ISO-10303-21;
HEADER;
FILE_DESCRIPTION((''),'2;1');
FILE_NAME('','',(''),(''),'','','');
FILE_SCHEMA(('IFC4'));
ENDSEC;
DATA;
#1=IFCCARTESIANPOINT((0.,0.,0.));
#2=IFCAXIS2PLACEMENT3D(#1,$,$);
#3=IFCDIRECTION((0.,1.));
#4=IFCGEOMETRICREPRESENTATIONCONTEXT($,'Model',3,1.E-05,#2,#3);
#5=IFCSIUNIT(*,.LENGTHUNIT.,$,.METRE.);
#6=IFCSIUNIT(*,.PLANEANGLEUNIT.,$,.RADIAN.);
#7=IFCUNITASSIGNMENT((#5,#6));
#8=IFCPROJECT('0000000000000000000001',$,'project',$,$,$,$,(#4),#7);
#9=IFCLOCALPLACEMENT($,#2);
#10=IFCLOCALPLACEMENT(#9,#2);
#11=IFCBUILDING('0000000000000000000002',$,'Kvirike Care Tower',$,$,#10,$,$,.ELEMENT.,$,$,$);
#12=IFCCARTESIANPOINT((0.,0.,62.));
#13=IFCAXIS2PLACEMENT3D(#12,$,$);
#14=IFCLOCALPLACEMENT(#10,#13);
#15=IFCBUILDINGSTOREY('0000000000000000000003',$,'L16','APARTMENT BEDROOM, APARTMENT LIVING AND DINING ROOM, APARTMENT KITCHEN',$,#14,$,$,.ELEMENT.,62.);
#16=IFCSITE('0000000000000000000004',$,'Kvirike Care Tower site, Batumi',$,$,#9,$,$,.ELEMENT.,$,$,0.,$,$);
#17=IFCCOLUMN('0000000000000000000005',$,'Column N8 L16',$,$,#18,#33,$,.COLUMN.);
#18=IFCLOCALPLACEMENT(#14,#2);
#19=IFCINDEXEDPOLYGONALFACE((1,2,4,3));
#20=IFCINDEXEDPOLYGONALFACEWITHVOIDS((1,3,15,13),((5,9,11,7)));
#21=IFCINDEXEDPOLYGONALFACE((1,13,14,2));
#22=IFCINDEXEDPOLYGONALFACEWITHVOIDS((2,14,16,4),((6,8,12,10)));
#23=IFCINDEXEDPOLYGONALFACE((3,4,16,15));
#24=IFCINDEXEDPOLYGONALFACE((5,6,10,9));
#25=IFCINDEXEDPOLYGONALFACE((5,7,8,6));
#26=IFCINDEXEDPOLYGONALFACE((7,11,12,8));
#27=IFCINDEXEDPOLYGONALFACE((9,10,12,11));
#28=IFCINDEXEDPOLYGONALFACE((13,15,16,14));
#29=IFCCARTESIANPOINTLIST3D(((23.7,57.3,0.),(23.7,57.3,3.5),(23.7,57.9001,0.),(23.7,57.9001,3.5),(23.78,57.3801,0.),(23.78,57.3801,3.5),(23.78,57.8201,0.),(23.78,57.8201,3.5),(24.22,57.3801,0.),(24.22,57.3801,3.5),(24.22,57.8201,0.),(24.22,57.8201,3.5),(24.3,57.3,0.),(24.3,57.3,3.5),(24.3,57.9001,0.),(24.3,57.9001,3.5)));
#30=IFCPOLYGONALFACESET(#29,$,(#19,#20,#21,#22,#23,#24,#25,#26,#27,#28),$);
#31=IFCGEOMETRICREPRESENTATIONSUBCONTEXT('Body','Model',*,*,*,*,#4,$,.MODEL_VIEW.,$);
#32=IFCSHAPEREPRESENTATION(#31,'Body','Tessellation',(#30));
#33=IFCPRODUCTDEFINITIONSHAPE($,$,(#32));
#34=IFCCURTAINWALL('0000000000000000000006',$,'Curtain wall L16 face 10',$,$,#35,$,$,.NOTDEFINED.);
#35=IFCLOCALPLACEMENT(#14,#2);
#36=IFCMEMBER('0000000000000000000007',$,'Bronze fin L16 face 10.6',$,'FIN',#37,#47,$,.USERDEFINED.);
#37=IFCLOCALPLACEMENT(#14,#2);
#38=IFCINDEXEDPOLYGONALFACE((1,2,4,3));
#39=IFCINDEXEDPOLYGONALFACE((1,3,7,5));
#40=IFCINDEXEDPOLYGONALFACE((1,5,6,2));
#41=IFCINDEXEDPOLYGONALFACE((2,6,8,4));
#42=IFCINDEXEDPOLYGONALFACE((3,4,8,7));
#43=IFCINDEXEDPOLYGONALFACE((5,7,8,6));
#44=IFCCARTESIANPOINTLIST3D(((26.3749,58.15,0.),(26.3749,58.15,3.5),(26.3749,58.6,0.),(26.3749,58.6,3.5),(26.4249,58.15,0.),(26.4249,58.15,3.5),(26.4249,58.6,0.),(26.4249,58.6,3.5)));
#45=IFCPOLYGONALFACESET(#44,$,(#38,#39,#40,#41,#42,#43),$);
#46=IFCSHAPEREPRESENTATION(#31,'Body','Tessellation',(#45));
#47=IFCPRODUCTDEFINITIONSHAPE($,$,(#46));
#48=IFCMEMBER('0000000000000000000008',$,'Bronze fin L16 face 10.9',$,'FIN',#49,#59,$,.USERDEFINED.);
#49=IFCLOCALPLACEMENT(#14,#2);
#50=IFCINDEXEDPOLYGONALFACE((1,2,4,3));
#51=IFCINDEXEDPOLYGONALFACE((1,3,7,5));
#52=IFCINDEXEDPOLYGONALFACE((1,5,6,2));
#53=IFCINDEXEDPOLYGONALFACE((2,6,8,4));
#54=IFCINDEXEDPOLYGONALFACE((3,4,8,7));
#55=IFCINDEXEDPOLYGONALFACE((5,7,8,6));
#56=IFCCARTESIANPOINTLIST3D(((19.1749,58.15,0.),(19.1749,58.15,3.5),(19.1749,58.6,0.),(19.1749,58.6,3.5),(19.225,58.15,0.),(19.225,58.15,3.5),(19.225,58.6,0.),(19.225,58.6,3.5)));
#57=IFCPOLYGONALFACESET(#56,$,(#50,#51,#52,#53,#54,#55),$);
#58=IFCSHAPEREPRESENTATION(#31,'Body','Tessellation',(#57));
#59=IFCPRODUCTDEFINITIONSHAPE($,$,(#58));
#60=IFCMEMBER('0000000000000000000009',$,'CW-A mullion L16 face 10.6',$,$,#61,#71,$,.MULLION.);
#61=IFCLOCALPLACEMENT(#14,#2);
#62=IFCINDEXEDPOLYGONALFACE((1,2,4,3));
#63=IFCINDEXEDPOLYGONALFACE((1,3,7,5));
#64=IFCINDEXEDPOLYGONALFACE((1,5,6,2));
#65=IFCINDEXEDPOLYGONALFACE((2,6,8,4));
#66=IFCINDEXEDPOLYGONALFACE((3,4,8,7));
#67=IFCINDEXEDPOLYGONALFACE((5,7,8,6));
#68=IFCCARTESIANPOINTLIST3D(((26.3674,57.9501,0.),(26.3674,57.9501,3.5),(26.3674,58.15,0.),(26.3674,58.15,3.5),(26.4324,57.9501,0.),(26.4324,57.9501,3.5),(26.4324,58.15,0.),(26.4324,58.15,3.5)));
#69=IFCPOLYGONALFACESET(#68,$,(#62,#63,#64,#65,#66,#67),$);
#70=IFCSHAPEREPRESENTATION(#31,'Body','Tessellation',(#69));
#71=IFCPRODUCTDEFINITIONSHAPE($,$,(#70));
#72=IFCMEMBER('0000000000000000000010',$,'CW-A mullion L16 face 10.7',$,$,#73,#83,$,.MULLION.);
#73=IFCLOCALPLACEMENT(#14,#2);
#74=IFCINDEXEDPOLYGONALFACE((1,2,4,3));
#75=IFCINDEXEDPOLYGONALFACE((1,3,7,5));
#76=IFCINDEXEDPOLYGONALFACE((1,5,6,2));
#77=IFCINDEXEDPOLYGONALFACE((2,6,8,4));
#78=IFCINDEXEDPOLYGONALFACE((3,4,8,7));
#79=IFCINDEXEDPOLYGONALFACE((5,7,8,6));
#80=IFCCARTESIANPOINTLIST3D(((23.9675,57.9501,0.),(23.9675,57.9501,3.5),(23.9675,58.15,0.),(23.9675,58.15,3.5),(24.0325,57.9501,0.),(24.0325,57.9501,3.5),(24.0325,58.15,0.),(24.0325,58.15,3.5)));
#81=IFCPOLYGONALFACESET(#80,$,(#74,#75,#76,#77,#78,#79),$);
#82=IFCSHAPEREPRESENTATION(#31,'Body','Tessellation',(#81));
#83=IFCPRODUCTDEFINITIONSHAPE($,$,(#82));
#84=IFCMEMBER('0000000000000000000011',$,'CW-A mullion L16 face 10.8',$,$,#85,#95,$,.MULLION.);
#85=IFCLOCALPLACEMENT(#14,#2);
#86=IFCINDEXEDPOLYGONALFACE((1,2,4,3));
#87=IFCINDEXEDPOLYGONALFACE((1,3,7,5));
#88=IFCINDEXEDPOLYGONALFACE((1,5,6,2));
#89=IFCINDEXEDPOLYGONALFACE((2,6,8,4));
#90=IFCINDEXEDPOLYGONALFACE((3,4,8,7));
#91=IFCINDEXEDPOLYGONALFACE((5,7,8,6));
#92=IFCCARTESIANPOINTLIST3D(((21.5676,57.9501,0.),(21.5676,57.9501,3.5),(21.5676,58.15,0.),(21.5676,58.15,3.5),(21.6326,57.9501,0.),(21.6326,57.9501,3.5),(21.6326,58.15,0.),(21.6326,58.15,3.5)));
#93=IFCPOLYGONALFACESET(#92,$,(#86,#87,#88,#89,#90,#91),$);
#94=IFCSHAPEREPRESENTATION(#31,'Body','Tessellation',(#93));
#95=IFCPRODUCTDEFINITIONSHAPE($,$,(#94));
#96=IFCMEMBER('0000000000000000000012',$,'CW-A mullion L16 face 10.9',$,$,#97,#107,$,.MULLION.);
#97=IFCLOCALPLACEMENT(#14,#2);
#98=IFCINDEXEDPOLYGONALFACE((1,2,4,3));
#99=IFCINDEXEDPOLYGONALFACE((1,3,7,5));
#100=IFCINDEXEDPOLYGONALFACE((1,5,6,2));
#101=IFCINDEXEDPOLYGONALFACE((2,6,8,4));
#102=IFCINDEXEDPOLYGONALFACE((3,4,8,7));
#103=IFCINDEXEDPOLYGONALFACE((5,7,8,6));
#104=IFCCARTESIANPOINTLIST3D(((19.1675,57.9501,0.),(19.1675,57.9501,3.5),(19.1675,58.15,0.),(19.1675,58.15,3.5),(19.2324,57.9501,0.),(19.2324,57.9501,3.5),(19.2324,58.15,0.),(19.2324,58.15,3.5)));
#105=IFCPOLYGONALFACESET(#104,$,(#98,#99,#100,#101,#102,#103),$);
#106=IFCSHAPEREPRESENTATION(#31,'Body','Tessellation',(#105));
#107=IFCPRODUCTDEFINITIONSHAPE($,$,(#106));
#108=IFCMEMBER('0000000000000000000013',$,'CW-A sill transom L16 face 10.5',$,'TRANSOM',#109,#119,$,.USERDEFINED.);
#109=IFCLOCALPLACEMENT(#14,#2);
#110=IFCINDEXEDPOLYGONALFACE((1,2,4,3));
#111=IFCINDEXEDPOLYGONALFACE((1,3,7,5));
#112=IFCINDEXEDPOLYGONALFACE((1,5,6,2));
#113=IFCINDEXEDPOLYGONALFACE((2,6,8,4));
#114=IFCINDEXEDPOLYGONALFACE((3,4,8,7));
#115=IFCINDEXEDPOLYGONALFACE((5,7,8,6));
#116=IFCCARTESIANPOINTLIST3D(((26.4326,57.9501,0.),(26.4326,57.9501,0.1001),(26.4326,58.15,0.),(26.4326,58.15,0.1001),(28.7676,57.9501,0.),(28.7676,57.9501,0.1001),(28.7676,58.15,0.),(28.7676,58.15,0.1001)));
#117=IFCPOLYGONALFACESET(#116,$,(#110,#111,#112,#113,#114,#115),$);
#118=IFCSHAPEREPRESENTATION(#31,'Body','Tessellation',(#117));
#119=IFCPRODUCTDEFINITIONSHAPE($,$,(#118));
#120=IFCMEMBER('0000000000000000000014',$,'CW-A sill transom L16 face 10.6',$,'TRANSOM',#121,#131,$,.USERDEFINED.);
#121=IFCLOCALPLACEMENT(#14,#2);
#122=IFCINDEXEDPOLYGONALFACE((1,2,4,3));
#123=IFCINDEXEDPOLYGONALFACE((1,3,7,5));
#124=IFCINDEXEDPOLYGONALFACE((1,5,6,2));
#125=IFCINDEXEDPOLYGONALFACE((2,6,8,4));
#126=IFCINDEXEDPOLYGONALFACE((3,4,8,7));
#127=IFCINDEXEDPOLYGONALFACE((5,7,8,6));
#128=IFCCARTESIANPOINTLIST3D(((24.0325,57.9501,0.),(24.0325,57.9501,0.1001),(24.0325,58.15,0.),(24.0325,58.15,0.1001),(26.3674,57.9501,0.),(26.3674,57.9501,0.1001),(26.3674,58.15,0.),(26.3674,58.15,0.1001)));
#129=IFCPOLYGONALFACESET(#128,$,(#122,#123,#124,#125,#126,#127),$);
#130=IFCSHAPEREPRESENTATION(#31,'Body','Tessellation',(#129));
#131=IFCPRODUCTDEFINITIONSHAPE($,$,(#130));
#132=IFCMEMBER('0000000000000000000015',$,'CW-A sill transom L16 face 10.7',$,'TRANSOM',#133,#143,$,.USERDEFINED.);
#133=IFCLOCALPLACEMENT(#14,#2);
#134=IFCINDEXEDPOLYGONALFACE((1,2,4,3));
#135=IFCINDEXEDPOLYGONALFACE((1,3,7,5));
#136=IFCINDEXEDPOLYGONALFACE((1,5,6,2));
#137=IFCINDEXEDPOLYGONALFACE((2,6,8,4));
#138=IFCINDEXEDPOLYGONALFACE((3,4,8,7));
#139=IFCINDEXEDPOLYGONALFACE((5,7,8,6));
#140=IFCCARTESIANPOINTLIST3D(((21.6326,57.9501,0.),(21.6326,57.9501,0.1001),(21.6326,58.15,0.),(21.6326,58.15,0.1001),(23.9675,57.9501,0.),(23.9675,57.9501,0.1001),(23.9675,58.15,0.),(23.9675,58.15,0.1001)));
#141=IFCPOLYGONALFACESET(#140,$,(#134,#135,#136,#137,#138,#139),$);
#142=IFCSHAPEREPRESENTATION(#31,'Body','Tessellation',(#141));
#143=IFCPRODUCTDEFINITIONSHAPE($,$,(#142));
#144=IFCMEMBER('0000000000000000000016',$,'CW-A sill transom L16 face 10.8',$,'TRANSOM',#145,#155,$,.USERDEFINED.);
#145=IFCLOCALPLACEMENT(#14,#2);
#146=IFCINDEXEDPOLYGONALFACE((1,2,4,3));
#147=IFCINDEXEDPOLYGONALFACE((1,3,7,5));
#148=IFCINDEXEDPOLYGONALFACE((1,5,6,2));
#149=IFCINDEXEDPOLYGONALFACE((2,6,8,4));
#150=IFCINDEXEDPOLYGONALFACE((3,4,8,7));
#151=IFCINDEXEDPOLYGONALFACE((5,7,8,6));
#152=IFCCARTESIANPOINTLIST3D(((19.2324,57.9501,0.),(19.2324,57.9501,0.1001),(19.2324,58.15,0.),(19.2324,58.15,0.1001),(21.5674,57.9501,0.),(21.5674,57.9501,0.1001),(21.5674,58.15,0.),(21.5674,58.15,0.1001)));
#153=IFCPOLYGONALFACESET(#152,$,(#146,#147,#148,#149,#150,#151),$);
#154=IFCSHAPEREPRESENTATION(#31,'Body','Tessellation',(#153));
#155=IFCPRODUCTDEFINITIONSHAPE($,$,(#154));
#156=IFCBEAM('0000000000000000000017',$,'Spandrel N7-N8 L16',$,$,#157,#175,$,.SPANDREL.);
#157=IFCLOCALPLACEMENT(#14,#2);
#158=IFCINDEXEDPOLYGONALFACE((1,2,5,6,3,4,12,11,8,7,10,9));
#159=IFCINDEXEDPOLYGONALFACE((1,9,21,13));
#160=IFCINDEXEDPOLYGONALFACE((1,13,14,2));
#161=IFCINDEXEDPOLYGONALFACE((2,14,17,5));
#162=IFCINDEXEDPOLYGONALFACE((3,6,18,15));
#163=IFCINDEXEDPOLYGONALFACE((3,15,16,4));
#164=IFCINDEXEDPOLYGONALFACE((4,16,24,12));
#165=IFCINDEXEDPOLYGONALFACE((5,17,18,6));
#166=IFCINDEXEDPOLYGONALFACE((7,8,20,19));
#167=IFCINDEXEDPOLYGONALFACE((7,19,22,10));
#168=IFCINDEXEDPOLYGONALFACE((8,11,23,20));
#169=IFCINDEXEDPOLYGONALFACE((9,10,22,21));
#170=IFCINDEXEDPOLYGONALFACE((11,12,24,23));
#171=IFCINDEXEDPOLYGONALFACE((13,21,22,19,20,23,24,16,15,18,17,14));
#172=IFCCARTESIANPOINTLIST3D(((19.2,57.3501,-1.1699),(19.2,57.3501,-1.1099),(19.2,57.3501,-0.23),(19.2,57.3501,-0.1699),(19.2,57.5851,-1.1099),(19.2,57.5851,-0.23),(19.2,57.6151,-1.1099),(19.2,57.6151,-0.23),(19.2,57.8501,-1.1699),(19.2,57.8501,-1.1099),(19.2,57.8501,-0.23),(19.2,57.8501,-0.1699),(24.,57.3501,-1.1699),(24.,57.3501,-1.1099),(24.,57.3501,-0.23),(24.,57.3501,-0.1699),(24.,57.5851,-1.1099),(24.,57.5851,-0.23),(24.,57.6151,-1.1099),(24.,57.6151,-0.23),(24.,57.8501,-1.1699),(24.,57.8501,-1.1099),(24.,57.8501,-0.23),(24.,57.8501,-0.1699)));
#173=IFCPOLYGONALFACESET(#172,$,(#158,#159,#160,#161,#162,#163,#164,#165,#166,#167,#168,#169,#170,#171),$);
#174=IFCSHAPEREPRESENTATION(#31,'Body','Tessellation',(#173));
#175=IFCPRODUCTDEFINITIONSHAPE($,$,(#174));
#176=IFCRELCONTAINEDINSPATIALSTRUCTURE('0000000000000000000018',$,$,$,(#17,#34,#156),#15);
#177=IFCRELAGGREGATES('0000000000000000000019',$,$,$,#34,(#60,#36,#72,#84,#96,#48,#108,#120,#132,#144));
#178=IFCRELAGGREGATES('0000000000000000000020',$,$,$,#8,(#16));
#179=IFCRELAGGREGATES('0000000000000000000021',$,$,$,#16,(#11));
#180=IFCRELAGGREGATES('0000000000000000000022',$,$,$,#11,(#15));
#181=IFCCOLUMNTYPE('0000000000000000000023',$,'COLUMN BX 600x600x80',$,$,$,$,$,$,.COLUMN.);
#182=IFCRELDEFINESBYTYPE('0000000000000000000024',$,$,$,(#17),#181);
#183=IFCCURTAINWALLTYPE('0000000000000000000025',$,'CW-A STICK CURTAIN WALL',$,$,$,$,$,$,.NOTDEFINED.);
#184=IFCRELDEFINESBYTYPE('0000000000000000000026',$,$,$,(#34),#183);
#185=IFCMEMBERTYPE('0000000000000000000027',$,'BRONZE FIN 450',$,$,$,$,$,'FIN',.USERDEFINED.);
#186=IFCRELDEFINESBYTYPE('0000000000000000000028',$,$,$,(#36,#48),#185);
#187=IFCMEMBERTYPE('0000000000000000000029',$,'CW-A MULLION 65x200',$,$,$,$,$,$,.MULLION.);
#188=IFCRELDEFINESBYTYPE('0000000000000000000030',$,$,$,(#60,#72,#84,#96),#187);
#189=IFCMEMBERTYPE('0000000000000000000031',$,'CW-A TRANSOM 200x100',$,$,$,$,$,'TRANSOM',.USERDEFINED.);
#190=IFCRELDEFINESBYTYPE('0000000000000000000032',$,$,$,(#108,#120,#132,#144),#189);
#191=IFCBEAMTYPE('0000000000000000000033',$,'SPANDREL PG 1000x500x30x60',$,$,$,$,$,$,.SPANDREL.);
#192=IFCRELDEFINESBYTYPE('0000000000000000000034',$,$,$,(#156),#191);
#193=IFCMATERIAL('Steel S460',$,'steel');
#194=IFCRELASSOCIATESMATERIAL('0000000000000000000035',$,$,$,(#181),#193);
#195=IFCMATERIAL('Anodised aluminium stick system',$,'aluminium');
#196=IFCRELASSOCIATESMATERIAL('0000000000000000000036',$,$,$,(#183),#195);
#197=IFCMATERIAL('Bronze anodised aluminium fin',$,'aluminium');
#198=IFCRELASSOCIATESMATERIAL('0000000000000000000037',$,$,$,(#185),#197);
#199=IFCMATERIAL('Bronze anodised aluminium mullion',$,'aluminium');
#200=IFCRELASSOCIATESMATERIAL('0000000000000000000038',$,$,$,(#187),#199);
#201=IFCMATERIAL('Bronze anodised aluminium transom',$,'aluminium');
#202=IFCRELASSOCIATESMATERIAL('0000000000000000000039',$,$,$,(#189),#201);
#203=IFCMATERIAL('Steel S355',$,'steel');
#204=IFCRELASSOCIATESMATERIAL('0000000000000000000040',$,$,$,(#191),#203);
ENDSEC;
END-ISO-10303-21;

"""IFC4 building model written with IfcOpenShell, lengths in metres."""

from ifc_helpers import new_model, si_unit, direction, frame, origin, origin_2d, place, context, subcontext, project, spatial, rectangle, hollow_rectangle, i_section, extrude, material, material_profile, profile_set, type_object, element, aggregate, save


model = new_model("IFC4")

# Units and contexts
model_context = context("Model", 3, precision=1e-05, world=origin(), true_north=direction((0.0, 1.0)))
body_context = subcontext(model_context, "Body", "Model", "MODEL_VIEW")
ifc_project = project(units=[si_unit("LENGTHUNIT", "METRE"), si_unit("PLANEANGLEUNIT", "RADIAN")], contexts=[model_context])

# Site, building, storey
site_placement = place(None, origin())
site = spatial("IfcSite", under=ifc_project, at=site_placement, Name="Kvirike Care Tower site, Batumi", CompositionType="ELEMENT", RefElevation=0.0)
building_placement = place(site_placement, origin())
building = spatial("IfcBuilding", under=site, at=building_placement, Name="Kvirike Care Tower", CompositionType="ELEMENT")
storey_placement = place(building_placement, frame((0.0, 0.0, 62.0)))
storey = spatial("IfcBuildingStorey", under=building, at=storey_placement, Name="L16", Description="APARTMENT BEDROOM, APARTMENT LIVING AND DINING ROOM, APARTMENT KITCHEN", CompositionType="ELEMENT", Elevation=62.0)

# Column
ifc_material_1 = material(Name="Steel S460", Category="steel")
ifc_material_profile_1 = material_profile(ifc_material_1, hollow_rectangle(XDim=0.6001, YDim=0.6001, WallThickness=0.0801, at=origin_2d()), Name="BX 600x600x80")
ifc_profile_set_1 = profile_set([ifc_material_profile_1], Name="Steel S460")
column_type = type_object("IfcColumnType", Name="COLUMN BX 600x600x80", PredefinedType="COLUMN", material=ifc_profile_set_1)
column_placement = place(storey_placement, frame((24.0, 57.6001, 0.0), z_axis=(0.0, 0.0, 1.0), x_axis=(0.0, 1.0, 0.0)))
element("IfcColumn", 1, at=column_placement, inside=storey, type_object=column_type, Name="Column N8 L16", PredefinedType="COLUMN", context=body_context, shape_type="SweptSolid", body=[
    extrude(hollow_rectangle(XDim=0.6001, YDim=0.6001, WallThickness=0.0801, at=origin_2d()), origin(), (0.0, 0.0, 1.0), 3.5),
])

# Curtain wall, members
ifc_material_2 = material(Name="Anodised aluminium stick system", Category="aluminium")
curtain_wall_type = type_object("IfcCurtainWallType", Name="CW-A STICK CURTAIN WALL", PredefinedType="NOTDEFINED", material=ifc_material_2)
curtain_wall_placement = place(storey_placement, origin())
curtain_wall = element("IfcCurtainWall", 2, at=curtain_wall_placement, inside=storey, type_object=curtain_wall_type, Name="Curtain wall L16 face 10", PredefinedType="NOTDEFINED")
ifc_material_3 = material(Name="Bronze anodised aluminium fin", Category="aluminium")
ifc_material_profile_2 = material_profile(ifc_material_3, rectangle(XDim=0.05, YDim=0.45, at=origin_2d()), Name="BRONZE FIN 450")
ifc_profile_set_2 = profile_set([ifc_material_profile_2], Name="Bronze anodised aluminium fin")
member_type_1 = type_object("IfcMemberType", Name="BRONZE FIN 450", ElementType="FIN", PredefinedType="USERDEFINED", material=ifc_profile_set_2)
member_1_placement = place(storey_placement, frame((26.3999, 58.375, 0.0), z_axis=(0.0, 0.0, 1.0), x_axis=(-1.0, 0.0, 0.0)))
member_1 = element("IfcMember", 3, at=member_1_placement, type_object=member_type_1, Name="Bronze fin L16 face 10.6", ObjectType="FIN", PredefinedType="USERDEFINED", context=body_context, shape_type="SweptSolid", body=[
    extrude(rectangle(XDim=0.05, YDim=0.45, at=origin_2d()), origin(), (0.0, 0.0, 1.0), 3.5),
])
member_2_placement = place(storey_placement, frame((19.2, 58.375, 0.0), z_axis=(0.0, 0.0, 1.0), x_axis=(-1.0, 0.0, 0.0)))
member_2 = element("IfcMember", 4, at=member_2_placement, type_object=member_type_1, Name="Bronze fin L16 face 10.9", ObjectType="FIN", PredefinedType="USERDEFINED", context=body_context, shape_type="SweptSolid", body=[
    extrude(rectangle(XDim=0.05, YDim=0.45, at=origin_2d()), origin(), (0.0, 0.0, 1.0), 3.5),
])
ifc_material_4 = material(Name="Bronze anodised aluminium mullion", Category="aluminium")
ifc_material_profile_3 = material_profile(ifc_material_4, rectangle(XDim=0.0649, YDim=0.2, at=origin_2d()), Name="CW-A MULLION 65x200")
ifc_profile_set_3 = profile_set([ifc_material_profile_3], Name="Bronze anodised aluminium mullion")
member_type_2 = type_object("IfcMemberType", Name="CW-A MULLION 65x200", PredefinedType="MULLION", material=ifc_profile_set_3)
member_3_placement = place(storey_placement, frame((26.3999, 58.05, 0.0), z_axis=(0.0, 0.0, 1.0), x_axis=(-1.0, 0.0, 0.0)))
member_3 = element("IfcMember", 5, at=member_3_placement, type_object=member_type_2, Name="CW-A mullion L16 face 10.6", PredefinedType="MULLION", context=body_context, shape_type="SweptSolid", body=[
    extrude(rectangle(XDim=0.0649, YDim=0.2, at=origin_2d()), origin(), (0.0, 0.0, 1.0), 3.5),
])
member_4_placement = place(storey_placement, frame((24.0, 58.05, 0.0), z_axis=(0.0, 0.0, 1.0), x_axis=(-1.0, 0.0, 0.0)))
member_4 = element("IfcMember", 6, at=member_4_placement, type_object=member_type_2, Name="CW-A mullion L16 face 10.7", PredefinedType="MULLION", context=body_context, shape_type="SweptSolid", body=[
    extrude(rectangle(XDim=0.0649, YDim=0.2, at=origin_2d()), origin(), (0.0, 0.0, 1.0), 3.5),
])
member_5_placement = place(storey_placement, frame((21.6001, 58.05, 0.0), z_axis=(0.0, 0.0, 1.0), x_axis=(-1.0, 0.0, 0.0)))
member_5 = element("IfcMember", 7, at=member_5_placement, type_object=member_type_2, Name="CW-A mullion L16 face 10.8", PredefinedType="MULLION", context=body_context, shape_type="SweptSolid", body=[
    extrude(rectangle(XDim=0.0649, YDim=0.2, at=origin_2d()), origin(), (0.0, 0.0, 1.0), 3.5),
])
member_6_placement = place(storey_placement, frame((19.2, 58.05, 0.0), z_axis=(0.0, 0.0, 1.0), x_axis=(-1.0, 0.0, 0.0)))
member_6 = element("IfcMember", 8, at=member_6_placement, type_object=member_type_2, Name="CW-A mullion L16 face 10.9", PredefinedType="MULLION", context=body_context, shape_type="SweptSolid", body=[
    extrude(rectangle(XDim=0.0649, YDim=0.2, at=origin_2d()), origin(), (0.0, 0.0, 1.0), 3.5),
])
ifc_material_5 = material(Name="Bronze anodised aluminium transom", Category="aluminium")
ifc_material_profile_4 = material_profile(ifc_material_5, rectangle(XDim=0.2, YDim=0.1001, at=origin_2d()), Name="CW-A TRANSOM 200x100")
ifc_profile_set_4 = profile_set([ifc_material_profile_4], Name="Bronze anodised aluminium transom")
member_type_3 = type_object("IfcMemberType", Name="CW-A TRANSOM 200x100", ElementType="TRANSOM", PredefinedType="USERDEFINED", material=ifc_profile_set_4)
member_7_placement = place(storey_placement, frame((28.7676, 58.05, 0.05), z_axis=(-1.0, 0.0, 0.0), x_axis=(0.0, -1.0, 0.0)))
member_7 = element("IfcMember", 9, at=member_7_placement, type_object=member_type_3, Name="CW-A sill transom L16 face 10.5", ObjectType="TRANSOM", PredefinedType="USERDEFINED", context=body_context, shape_type="SweptSolid", body=[
    extrude(rectangle(XDim=0.2, YDim=0.1001, at=origin_2d()), origin(), (0.0, 0.0, 1.0), 2.335),
])
member_8_placement = place(storey_placement, frame((26.3674, 58.05, 0.05), z_axis=(-1.0, 0.0, 0.0), x_axis=(0.0, -1.0, 0.0)))
member_8 = element("IfcMember", 10, at=member_8_placement, type_object=member_type_3, Name="CW-A sill transom L16 face 10.6", ObjectType="TRANSOM", PredefinedType="USERDEFINED", context=body_context, shape_type="SweptSolid", body=[
    extrude(rectangle(XDim=0.2, YDim=0.1001, at=origin_2d()), origin(), (0.0, 0.0, 1.0), 2.335),
])
member_9_placement = place(storey_placement, frame((23.9675, 58.05, 0.05), z_axis=(-1.0, 0.0, 0.0), x_axis=(0.0, -1.0, 0.0)))
member_9 = element("IfcMember", 11, at=member_9_placement, type_object=member_type_3, Name="CW-A sill transom L16 face 10.7", ObjectType="TRANSOM", PredefinedType="USERDEFINED", context=body_context, shape_type="SweptSolid", body=[
    extrude(rectangle(XDim=0.2, YDim=0.1001, at=origin_2d()), origin(), (0.0, 0.0, 1.0), 2.335),
])
member_10_placement = place(storey_placement, frame((21.5674, 58.05, 0.05), z_axis=(-1.0, 0.0, 0.0), x_axis=(0.0, -1.0, 0.0)))
member_10 = element("IfcMember", 12, at=member_10_placement, type_object=member_type_3, Name="CW-A sill transom L16 face 10.8", ObjectType="TRANSOM", PredefinedType="USERDEFINED", context=body_context, shape_type="SweptSolid", body=[
    extrude(rectangle(XDim=0.2, YDim=0.1001, at=origin_2d()), origin(), (0.0, 0.0, 1.0), 2.335),
])

# Beam
ifc_material_6 = material(Name="Steel S355", Category="steel")
ifc_material_profile_5 = material_profile(ifc_material_6, i_section(OverallWidth=0.5, OverallDepth=1.0, WebThickness=0.03, FlangeThickness=0.0601, at=origin_2d()), Name="PG 1000x500x30x60")
ifc_profile_set_5 = profile_set([ifc_material_profile_5], Name="Steel S355")
beam_type = type_object("IfcBeamType", Name="SPANDREL PG 1000x500x30x60", PredefinedType="SPANDREL", material=ifc_profile_set_5)
for number, where, z_axis, x_axis, name in (
    (13, (19.2, 57.6001, -0.6699), (1.0, 0.0, 0.0), (0.0, 1.0, 0.0), "Spandrel N7-N8 L16"),
):
    element("IfcBeam", number, at=place(storey_placement, frame(where, z_axis=z_axis, x_axis=x_axis)), inside=storey, type_object=beam_type, Name=name, PredefinedType="SPANDREL", context=body_context, shape_type="SweptSolid", body=[
        extrude(i_section(OverallWidth=0.5, OverallDepth=1.0, WebThickness=0.03, FlangeThickness=0.0601, at=origin_2d()), origin(), (0.0, 0.0, 1.0), 4.8),
    ])

aggregate(curtain_wall, [member_3, member_1, member_4, member_5, member_6, member_2, member_7, member_8, member_9, member_10])

save(model, "model.ifc")
